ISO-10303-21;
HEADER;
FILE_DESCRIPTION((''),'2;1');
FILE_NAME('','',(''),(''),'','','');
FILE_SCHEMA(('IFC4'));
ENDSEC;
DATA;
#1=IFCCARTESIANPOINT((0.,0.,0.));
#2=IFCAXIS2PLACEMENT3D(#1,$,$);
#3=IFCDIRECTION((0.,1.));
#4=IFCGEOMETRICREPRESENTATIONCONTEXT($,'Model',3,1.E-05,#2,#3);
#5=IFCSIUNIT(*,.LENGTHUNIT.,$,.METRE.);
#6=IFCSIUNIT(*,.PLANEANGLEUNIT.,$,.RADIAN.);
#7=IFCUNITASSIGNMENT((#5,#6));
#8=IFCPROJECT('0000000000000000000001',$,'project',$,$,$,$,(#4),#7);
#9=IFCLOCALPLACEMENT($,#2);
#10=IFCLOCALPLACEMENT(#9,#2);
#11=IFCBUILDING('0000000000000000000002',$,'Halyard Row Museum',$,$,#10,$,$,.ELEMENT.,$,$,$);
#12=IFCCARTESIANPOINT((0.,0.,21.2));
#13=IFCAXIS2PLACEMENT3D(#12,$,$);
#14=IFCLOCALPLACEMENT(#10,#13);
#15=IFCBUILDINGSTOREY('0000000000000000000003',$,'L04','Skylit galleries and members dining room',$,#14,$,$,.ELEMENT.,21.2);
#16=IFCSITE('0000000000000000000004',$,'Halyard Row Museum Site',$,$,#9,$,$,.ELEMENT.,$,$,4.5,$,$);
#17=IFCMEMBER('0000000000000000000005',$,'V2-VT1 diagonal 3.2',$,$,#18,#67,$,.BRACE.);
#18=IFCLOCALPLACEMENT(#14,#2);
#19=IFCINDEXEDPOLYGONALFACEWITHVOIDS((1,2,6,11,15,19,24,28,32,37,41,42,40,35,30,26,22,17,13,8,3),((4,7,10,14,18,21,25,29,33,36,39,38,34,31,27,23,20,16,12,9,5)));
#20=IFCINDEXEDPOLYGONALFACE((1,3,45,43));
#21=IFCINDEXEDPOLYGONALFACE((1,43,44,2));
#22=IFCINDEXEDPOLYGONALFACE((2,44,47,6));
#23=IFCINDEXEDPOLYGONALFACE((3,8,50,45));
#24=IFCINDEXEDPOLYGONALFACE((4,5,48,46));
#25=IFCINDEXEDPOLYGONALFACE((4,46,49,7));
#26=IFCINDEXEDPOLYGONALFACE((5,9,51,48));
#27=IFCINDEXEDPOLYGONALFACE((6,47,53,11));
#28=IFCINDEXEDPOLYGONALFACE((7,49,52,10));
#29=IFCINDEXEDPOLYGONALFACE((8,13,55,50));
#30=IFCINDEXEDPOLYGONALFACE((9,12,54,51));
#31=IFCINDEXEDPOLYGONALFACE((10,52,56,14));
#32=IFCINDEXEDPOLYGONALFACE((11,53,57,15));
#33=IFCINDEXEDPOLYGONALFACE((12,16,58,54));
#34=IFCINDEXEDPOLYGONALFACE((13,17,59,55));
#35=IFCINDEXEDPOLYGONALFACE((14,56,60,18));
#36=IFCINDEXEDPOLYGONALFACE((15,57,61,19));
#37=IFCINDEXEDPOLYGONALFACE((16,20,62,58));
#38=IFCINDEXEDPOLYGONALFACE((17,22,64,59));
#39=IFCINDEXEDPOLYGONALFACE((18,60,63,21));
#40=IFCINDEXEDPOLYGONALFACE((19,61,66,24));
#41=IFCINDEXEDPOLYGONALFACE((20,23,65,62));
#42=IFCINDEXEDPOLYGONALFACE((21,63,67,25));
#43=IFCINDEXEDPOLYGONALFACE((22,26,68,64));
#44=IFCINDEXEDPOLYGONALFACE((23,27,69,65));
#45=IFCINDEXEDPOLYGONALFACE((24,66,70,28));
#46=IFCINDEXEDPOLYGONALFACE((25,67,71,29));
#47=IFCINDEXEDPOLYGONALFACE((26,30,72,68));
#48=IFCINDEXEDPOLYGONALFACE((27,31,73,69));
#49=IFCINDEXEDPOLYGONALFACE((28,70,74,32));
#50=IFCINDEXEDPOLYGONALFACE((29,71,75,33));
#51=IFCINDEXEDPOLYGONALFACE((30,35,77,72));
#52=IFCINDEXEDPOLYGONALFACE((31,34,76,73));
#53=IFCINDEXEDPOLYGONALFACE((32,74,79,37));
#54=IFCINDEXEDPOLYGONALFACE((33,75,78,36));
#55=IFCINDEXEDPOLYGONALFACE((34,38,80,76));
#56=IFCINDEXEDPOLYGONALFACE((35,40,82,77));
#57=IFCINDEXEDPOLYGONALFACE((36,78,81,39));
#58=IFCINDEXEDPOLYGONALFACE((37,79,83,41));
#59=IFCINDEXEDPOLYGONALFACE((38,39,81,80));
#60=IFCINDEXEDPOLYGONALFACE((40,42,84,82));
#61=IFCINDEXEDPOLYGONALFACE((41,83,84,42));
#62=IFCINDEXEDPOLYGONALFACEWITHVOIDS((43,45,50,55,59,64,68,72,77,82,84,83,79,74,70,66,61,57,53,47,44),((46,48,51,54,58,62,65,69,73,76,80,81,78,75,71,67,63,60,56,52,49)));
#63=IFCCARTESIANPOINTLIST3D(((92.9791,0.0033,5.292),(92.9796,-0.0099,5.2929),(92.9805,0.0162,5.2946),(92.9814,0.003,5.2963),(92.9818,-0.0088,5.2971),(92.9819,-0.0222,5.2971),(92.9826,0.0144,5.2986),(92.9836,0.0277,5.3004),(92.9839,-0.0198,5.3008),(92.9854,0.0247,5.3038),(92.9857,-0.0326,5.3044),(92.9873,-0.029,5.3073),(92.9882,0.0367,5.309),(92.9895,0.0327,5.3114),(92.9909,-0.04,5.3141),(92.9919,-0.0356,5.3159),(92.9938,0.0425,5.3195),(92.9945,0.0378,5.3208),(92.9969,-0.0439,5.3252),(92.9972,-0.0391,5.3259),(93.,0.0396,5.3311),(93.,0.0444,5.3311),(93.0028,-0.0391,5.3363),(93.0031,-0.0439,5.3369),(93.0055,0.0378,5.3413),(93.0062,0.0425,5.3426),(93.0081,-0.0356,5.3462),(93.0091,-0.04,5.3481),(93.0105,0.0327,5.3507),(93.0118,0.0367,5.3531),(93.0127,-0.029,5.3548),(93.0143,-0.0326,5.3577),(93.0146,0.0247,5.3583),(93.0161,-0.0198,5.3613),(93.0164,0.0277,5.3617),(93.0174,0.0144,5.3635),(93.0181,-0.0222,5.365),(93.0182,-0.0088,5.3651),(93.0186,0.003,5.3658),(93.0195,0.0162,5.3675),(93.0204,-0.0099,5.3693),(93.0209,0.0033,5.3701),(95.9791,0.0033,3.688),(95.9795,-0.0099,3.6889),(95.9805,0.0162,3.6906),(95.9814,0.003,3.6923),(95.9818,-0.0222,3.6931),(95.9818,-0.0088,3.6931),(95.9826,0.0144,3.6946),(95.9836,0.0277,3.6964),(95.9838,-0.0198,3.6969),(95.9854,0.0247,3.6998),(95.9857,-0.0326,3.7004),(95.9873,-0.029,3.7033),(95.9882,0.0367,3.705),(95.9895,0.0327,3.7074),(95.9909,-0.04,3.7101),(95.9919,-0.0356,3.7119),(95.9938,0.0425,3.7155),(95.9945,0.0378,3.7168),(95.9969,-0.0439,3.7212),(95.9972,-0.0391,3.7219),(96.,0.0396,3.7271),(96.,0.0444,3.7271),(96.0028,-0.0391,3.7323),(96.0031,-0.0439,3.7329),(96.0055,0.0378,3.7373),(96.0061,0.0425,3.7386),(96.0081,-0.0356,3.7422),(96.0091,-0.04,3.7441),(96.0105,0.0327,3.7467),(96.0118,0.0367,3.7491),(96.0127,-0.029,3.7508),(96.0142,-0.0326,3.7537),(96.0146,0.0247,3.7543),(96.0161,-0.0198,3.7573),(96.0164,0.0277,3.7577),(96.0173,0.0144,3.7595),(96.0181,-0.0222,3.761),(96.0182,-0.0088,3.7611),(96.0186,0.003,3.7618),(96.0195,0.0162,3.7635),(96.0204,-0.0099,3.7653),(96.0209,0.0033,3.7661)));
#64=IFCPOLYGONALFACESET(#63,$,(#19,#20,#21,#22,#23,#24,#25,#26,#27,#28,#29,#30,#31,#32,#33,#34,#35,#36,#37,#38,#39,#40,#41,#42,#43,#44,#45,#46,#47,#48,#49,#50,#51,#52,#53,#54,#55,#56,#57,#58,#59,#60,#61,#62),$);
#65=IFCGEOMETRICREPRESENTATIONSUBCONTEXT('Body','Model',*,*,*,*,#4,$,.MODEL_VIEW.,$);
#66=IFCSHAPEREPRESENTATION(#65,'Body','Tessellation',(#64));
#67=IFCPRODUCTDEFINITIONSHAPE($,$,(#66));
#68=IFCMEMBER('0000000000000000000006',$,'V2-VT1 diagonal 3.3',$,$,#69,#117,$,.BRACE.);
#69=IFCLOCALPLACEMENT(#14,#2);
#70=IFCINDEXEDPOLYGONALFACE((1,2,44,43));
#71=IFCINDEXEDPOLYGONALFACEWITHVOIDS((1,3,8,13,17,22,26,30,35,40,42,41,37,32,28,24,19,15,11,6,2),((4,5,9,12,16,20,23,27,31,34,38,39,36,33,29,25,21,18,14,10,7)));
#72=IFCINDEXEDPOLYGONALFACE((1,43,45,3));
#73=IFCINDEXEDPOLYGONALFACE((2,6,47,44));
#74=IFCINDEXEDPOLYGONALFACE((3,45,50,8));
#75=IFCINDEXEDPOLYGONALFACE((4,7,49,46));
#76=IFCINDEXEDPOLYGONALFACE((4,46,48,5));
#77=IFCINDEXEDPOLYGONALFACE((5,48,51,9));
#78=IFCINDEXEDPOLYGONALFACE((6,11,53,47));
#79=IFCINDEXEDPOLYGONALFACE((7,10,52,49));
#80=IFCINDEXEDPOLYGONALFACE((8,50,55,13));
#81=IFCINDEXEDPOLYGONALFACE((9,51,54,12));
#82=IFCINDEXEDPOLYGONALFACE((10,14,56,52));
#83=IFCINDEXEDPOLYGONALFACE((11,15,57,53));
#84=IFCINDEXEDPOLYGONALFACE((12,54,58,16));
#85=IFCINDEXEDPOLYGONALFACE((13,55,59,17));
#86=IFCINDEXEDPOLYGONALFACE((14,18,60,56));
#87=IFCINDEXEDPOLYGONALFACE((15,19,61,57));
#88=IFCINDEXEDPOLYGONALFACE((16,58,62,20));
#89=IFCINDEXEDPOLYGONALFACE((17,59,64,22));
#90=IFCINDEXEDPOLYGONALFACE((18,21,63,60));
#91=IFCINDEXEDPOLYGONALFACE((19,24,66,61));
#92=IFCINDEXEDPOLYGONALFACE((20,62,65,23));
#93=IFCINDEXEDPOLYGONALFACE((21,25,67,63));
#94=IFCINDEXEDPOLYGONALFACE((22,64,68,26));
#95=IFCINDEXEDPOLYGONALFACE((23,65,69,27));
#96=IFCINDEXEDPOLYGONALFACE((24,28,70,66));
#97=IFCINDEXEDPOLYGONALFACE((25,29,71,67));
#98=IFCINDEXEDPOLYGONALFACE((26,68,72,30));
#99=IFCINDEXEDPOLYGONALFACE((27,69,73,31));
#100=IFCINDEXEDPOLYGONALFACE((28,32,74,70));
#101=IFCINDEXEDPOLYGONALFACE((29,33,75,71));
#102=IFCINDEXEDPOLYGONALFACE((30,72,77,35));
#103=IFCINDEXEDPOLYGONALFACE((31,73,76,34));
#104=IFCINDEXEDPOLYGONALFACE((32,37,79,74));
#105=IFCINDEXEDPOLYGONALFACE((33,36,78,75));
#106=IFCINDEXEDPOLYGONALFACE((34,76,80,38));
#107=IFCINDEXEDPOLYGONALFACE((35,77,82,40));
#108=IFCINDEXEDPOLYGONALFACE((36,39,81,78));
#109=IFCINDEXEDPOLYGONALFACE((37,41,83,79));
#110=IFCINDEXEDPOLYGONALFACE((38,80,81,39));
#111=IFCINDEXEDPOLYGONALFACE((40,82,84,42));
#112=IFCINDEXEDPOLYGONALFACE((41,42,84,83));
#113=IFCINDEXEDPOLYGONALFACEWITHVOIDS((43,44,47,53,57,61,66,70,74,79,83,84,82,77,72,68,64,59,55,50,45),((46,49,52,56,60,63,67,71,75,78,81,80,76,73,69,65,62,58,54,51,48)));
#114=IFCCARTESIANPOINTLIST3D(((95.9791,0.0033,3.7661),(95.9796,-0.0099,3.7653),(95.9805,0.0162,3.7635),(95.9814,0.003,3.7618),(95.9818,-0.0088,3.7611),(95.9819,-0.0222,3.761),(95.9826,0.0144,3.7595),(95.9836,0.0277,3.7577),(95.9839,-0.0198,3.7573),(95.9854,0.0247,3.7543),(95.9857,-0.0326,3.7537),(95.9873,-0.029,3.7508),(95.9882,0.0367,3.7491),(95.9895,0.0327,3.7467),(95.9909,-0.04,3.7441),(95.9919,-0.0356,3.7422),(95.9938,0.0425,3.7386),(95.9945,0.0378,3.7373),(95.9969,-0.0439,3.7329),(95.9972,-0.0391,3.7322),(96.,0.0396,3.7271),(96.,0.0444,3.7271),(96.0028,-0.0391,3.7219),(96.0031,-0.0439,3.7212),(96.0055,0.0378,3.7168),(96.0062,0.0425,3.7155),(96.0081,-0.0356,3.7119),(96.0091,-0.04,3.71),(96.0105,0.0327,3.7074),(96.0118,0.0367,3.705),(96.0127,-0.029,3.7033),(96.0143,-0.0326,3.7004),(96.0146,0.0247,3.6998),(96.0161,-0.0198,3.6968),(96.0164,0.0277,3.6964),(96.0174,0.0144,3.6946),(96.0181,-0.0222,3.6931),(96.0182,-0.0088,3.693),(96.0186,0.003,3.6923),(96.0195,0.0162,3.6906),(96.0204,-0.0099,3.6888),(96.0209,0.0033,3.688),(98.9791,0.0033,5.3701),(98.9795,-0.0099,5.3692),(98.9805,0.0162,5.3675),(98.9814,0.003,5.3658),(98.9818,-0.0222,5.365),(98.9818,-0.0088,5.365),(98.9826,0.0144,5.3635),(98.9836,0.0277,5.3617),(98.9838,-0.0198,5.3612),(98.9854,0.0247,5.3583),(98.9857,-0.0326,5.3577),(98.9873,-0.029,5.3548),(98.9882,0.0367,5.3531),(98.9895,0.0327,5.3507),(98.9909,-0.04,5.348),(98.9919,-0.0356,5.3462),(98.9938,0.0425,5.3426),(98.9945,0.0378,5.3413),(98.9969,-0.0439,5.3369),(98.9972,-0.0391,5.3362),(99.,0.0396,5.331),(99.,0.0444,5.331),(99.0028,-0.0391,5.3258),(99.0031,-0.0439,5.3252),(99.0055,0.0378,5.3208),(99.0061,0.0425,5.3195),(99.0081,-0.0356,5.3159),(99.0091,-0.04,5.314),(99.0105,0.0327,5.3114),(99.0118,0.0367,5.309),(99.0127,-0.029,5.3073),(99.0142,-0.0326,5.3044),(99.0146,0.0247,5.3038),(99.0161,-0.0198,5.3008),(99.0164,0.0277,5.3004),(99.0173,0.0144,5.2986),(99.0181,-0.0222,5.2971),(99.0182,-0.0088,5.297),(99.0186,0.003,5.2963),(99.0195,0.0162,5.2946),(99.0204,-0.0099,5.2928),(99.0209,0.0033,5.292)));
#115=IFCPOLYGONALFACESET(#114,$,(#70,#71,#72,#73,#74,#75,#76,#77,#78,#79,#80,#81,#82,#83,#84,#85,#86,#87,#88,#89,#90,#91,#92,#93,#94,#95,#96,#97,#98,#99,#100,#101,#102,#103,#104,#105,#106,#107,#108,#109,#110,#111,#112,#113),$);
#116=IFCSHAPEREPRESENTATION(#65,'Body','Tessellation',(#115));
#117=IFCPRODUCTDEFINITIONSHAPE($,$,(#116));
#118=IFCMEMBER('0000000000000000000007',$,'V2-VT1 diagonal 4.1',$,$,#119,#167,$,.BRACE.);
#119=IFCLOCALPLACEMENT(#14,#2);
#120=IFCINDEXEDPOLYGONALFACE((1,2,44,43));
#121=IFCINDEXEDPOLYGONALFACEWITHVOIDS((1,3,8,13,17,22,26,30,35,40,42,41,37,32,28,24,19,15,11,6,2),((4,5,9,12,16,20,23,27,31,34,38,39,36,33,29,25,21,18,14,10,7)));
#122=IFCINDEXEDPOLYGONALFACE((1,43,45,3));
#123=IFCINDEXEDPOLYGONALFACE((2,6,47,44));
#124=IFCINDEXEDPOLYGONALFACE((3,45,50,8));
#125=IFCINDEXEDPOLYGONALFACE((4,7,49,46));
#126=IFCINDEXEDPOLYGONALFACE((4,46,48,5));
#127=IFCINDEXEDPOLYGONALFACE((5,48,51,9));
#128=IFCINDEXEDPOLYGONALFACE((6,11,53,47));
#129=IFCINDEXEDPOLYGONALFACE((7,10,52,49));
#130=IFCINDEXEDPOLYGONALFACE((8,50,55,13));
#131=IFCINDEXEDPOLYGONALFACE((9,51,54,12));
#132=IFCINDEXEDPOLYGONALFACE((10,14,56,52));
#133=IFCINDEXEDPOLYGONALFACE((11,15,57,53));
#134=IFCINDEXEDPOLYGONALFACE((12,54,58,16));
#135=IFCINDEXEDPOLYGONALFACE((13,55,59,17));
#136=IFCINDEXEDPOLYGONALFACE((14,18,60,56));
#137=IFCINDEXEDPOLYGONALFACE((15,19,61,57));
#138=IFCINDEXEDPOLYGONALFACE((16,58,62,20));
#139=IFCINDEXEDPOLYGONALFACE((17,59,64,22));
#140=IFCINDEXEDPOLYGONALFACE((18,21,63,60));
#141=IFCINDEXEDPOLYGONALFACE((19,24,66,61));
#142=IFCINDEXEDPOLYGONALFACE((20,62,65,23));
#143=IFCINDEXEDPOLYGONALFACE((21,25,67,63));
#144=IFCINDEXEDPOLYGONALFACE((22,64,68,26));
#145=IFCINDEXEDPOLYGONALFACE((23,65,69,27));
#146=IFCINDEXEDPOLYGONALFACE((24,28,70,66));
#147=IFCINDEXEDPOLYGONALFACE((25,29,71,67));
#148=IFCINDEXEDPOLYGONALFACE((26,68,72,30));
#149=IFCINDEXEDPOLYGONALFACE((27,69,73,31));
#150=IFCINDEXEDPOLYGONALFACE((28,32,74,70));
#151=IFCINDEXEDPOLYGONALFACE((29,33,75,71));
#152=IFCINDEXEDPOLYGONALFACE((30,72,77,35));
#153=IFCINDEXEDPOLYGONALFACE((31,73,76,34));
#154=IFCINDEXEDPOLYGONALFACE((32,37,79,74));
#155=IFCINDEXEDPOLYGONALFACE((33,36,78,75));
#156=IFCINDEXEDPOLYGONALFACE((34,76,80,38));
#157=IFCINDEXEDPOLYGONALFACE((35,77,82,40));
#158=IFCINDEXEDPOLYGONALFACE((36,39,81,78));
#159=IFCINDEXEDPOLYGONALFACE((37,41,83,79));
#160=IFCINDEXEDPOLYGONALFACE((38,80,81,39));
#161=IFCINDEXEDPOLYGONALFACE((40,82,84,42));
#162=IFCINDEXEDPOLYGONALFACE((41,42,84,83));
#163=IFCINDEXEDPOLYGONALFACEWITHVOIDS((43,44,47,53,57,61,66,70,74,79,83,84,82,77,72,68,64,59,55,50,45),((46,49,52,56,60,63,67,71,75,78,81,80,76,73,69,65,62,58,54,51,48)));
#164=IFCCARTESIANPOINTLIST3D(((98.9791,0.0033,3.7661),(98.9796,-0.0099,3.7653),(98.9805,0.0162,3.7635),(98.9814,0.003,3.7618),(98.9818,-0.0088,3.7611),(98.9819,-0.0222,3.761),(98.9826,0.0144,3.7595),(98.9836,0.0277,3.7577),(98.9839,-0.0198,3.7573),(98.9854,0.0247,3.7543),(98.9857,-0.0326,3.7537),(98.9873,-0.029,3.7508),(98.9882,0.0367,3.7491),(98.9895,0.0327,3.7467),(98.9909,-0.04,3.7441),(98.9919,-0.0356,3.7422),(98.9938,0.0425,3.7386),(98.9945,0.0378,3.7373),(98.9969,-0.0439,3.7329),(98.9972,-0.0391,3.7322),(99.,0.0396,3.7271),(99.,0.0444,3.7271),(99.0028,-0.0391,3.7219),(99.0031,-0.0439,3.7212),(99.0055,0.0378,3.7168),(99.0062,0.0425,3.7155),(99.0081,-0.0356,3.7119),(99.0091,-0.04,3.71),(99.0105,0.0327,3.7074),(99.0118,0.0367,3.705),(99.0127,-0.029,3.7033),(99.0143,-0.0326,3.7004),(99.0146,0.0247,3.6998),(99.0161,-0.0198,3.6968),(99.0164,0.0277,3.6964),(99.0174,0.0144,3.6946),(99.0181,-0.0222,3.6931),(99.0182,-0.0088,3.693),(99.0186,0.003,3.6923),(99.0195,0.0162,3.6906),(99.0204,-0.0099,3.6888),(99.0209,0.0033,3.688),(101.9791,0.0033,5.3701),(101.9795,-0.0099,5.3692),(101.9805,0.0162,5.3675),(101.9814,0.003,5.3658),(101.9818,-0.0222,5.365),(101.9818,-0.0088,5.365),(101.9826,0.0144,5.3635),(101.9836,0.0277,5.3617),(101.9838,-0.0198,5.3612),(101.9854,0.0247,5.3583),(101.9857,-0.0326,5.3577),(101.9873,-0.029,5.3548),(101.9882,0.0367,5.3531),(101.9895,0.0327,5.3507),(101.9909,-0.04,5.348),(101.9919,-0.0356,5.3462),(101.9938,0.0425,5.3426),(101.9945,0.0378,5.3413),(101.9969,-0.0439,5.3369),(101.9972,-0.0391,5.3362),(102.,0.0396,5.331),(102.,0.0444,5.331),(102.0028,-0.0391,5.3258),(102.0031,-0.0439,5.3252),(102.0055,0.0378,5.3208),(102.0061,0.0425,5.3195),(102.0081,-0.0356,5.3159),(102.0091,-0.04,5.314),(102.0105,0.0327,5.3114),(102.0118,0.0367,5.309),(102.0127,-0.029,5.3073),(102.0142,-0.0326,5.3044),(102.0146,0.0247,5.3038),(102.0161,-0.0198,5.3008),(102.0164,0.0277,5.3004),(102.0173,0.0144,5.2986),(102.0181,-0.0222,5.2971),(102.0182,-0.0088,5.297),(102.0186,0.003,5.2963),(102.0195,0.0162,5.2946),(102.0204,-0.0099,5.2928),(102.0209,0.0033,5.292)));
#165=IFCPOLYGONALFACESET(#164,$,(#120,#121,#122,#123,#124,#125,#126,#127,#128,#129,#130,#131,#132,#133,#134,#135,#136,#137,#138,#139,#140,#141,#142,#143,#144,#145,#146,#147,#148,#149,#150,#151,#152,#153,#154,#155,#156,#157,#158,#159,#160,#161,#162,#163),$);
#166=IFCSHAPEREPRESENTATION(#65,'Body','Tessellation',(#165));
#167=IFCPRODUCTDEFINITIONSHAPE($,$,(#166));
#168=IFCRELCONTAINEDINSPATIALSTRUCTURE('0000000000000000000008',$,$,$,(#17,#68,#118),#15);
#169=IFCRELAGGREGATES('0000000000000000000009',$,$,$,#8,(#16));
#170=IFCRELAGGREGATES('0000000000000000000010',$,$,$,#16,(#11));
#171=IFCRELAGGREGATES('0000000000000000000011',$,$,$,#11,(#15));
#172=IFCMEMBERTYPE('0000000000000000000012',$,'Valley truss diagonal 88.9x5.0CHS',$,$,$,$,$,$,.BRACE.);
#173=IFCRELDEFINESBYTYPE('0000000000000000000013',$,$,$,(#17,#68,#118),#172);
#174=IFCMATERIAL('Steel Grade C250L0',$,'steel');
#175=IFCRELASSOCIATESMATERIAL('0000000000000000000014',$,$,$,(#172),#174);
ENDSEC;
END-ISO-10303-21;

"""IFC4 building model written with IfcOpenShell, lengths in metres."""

from ifc_helpers import new_model, si_unit, direction, frame, origin, origin_2d, place, context, subcontext, project, spatial, hollow_circle, extrude, material, material_profile, profile_set, type_object, element, save


model = new_model("IFC4")

# Units and contexts
model_context = context("Model", 3, precision=1e-05, world=origin(), true_north=direction((0.0, 1.0)))
body_context = subcontext(model_context, "Body", "Model", "MODEL_VIEW")
ifc_project = project(units=[si_unit("LENGTHUNIT", "METRE"), si_unit("PLANEANGLEUNIT", "RADIAN")], contexts=[model_context])

# Site, building, storey
site_placement = place(None, origin())
site = spatial("IfcSite", under=ifc_project, at=site_placement, Name="Halyard Row Museum Site", CompositionType="ELEMENT", RefElevation=4.5)
building_placement = place(site_placement, origin())
building = spatial("IfcBuilding", under=site, at=building_placement, Name="Halyard Row Museum", CompositionType="ELEMENT")
storey_placement = place(building_placement, frame((0.0, 0.0, 21.2)))
storey = spatial("IfcBuildingStorey", under=building, at=storey_placement, Name="L04", Description="Skylit galleries and members dining room", CompositionType="ELEMENT", Elevation=21.2)

# Members
ifc_material_1 = material(Name="Steel Grade C250L0", Category="steel")
ifc_material_profile_1 = material_profile(ifc_material_1, hollow_circle(Radius=0.0444, WallThickness=0.0049, at=origin_2d()), Name="88.9x5.0CHS")
ifc_profile_set_1 = profile_set([ifc_material_profile_1], Name="Steel Grade C250L0")
member_type_1 = type_object("IfcMemberType", Name="Valley truss diagonal 88.9x5.0CHS", PredefinedType="BRACE", material=ifc_profile_set_1)
for number, where, z_axis, x_axis, name in (
    (1, (93.0, 0.0, 5.3311), (0.881864, 0.0, -0.471504), (0.0, 1.0, 0.0), "V2-VT1 diagonal 3.2"),
    (2, (96.0, 0.0, 3.7271), (0.881864, 0.0, 0.471504), (0.0, 1.0, 0.0), "V2-VT1 diagonal 3.3"),
    (3, (99.0, 0.0, 3.7271), (0.881864, 0.0, 0.471504), (0.0, 1.0, 0.0), "V2-VT1 diagonal 4.1"),
):
    element("IfcMember", number, at=place(storey_placement, frame(where, z_axis=z_axis, x_axis=x_axis)), inside=storey, type_object=member_type_1, Name=name, PredefinedType="BRACE", context=body_context, shape_type="SweptSolid", body=[
        extrude(hollow_circle(Radius=0.0444, WallThickness=0.0049, at=origin_2d()), origin(), (0.0, 0.0, 1.0), 3.4019),
    ])

save(model, "model.ifc")
